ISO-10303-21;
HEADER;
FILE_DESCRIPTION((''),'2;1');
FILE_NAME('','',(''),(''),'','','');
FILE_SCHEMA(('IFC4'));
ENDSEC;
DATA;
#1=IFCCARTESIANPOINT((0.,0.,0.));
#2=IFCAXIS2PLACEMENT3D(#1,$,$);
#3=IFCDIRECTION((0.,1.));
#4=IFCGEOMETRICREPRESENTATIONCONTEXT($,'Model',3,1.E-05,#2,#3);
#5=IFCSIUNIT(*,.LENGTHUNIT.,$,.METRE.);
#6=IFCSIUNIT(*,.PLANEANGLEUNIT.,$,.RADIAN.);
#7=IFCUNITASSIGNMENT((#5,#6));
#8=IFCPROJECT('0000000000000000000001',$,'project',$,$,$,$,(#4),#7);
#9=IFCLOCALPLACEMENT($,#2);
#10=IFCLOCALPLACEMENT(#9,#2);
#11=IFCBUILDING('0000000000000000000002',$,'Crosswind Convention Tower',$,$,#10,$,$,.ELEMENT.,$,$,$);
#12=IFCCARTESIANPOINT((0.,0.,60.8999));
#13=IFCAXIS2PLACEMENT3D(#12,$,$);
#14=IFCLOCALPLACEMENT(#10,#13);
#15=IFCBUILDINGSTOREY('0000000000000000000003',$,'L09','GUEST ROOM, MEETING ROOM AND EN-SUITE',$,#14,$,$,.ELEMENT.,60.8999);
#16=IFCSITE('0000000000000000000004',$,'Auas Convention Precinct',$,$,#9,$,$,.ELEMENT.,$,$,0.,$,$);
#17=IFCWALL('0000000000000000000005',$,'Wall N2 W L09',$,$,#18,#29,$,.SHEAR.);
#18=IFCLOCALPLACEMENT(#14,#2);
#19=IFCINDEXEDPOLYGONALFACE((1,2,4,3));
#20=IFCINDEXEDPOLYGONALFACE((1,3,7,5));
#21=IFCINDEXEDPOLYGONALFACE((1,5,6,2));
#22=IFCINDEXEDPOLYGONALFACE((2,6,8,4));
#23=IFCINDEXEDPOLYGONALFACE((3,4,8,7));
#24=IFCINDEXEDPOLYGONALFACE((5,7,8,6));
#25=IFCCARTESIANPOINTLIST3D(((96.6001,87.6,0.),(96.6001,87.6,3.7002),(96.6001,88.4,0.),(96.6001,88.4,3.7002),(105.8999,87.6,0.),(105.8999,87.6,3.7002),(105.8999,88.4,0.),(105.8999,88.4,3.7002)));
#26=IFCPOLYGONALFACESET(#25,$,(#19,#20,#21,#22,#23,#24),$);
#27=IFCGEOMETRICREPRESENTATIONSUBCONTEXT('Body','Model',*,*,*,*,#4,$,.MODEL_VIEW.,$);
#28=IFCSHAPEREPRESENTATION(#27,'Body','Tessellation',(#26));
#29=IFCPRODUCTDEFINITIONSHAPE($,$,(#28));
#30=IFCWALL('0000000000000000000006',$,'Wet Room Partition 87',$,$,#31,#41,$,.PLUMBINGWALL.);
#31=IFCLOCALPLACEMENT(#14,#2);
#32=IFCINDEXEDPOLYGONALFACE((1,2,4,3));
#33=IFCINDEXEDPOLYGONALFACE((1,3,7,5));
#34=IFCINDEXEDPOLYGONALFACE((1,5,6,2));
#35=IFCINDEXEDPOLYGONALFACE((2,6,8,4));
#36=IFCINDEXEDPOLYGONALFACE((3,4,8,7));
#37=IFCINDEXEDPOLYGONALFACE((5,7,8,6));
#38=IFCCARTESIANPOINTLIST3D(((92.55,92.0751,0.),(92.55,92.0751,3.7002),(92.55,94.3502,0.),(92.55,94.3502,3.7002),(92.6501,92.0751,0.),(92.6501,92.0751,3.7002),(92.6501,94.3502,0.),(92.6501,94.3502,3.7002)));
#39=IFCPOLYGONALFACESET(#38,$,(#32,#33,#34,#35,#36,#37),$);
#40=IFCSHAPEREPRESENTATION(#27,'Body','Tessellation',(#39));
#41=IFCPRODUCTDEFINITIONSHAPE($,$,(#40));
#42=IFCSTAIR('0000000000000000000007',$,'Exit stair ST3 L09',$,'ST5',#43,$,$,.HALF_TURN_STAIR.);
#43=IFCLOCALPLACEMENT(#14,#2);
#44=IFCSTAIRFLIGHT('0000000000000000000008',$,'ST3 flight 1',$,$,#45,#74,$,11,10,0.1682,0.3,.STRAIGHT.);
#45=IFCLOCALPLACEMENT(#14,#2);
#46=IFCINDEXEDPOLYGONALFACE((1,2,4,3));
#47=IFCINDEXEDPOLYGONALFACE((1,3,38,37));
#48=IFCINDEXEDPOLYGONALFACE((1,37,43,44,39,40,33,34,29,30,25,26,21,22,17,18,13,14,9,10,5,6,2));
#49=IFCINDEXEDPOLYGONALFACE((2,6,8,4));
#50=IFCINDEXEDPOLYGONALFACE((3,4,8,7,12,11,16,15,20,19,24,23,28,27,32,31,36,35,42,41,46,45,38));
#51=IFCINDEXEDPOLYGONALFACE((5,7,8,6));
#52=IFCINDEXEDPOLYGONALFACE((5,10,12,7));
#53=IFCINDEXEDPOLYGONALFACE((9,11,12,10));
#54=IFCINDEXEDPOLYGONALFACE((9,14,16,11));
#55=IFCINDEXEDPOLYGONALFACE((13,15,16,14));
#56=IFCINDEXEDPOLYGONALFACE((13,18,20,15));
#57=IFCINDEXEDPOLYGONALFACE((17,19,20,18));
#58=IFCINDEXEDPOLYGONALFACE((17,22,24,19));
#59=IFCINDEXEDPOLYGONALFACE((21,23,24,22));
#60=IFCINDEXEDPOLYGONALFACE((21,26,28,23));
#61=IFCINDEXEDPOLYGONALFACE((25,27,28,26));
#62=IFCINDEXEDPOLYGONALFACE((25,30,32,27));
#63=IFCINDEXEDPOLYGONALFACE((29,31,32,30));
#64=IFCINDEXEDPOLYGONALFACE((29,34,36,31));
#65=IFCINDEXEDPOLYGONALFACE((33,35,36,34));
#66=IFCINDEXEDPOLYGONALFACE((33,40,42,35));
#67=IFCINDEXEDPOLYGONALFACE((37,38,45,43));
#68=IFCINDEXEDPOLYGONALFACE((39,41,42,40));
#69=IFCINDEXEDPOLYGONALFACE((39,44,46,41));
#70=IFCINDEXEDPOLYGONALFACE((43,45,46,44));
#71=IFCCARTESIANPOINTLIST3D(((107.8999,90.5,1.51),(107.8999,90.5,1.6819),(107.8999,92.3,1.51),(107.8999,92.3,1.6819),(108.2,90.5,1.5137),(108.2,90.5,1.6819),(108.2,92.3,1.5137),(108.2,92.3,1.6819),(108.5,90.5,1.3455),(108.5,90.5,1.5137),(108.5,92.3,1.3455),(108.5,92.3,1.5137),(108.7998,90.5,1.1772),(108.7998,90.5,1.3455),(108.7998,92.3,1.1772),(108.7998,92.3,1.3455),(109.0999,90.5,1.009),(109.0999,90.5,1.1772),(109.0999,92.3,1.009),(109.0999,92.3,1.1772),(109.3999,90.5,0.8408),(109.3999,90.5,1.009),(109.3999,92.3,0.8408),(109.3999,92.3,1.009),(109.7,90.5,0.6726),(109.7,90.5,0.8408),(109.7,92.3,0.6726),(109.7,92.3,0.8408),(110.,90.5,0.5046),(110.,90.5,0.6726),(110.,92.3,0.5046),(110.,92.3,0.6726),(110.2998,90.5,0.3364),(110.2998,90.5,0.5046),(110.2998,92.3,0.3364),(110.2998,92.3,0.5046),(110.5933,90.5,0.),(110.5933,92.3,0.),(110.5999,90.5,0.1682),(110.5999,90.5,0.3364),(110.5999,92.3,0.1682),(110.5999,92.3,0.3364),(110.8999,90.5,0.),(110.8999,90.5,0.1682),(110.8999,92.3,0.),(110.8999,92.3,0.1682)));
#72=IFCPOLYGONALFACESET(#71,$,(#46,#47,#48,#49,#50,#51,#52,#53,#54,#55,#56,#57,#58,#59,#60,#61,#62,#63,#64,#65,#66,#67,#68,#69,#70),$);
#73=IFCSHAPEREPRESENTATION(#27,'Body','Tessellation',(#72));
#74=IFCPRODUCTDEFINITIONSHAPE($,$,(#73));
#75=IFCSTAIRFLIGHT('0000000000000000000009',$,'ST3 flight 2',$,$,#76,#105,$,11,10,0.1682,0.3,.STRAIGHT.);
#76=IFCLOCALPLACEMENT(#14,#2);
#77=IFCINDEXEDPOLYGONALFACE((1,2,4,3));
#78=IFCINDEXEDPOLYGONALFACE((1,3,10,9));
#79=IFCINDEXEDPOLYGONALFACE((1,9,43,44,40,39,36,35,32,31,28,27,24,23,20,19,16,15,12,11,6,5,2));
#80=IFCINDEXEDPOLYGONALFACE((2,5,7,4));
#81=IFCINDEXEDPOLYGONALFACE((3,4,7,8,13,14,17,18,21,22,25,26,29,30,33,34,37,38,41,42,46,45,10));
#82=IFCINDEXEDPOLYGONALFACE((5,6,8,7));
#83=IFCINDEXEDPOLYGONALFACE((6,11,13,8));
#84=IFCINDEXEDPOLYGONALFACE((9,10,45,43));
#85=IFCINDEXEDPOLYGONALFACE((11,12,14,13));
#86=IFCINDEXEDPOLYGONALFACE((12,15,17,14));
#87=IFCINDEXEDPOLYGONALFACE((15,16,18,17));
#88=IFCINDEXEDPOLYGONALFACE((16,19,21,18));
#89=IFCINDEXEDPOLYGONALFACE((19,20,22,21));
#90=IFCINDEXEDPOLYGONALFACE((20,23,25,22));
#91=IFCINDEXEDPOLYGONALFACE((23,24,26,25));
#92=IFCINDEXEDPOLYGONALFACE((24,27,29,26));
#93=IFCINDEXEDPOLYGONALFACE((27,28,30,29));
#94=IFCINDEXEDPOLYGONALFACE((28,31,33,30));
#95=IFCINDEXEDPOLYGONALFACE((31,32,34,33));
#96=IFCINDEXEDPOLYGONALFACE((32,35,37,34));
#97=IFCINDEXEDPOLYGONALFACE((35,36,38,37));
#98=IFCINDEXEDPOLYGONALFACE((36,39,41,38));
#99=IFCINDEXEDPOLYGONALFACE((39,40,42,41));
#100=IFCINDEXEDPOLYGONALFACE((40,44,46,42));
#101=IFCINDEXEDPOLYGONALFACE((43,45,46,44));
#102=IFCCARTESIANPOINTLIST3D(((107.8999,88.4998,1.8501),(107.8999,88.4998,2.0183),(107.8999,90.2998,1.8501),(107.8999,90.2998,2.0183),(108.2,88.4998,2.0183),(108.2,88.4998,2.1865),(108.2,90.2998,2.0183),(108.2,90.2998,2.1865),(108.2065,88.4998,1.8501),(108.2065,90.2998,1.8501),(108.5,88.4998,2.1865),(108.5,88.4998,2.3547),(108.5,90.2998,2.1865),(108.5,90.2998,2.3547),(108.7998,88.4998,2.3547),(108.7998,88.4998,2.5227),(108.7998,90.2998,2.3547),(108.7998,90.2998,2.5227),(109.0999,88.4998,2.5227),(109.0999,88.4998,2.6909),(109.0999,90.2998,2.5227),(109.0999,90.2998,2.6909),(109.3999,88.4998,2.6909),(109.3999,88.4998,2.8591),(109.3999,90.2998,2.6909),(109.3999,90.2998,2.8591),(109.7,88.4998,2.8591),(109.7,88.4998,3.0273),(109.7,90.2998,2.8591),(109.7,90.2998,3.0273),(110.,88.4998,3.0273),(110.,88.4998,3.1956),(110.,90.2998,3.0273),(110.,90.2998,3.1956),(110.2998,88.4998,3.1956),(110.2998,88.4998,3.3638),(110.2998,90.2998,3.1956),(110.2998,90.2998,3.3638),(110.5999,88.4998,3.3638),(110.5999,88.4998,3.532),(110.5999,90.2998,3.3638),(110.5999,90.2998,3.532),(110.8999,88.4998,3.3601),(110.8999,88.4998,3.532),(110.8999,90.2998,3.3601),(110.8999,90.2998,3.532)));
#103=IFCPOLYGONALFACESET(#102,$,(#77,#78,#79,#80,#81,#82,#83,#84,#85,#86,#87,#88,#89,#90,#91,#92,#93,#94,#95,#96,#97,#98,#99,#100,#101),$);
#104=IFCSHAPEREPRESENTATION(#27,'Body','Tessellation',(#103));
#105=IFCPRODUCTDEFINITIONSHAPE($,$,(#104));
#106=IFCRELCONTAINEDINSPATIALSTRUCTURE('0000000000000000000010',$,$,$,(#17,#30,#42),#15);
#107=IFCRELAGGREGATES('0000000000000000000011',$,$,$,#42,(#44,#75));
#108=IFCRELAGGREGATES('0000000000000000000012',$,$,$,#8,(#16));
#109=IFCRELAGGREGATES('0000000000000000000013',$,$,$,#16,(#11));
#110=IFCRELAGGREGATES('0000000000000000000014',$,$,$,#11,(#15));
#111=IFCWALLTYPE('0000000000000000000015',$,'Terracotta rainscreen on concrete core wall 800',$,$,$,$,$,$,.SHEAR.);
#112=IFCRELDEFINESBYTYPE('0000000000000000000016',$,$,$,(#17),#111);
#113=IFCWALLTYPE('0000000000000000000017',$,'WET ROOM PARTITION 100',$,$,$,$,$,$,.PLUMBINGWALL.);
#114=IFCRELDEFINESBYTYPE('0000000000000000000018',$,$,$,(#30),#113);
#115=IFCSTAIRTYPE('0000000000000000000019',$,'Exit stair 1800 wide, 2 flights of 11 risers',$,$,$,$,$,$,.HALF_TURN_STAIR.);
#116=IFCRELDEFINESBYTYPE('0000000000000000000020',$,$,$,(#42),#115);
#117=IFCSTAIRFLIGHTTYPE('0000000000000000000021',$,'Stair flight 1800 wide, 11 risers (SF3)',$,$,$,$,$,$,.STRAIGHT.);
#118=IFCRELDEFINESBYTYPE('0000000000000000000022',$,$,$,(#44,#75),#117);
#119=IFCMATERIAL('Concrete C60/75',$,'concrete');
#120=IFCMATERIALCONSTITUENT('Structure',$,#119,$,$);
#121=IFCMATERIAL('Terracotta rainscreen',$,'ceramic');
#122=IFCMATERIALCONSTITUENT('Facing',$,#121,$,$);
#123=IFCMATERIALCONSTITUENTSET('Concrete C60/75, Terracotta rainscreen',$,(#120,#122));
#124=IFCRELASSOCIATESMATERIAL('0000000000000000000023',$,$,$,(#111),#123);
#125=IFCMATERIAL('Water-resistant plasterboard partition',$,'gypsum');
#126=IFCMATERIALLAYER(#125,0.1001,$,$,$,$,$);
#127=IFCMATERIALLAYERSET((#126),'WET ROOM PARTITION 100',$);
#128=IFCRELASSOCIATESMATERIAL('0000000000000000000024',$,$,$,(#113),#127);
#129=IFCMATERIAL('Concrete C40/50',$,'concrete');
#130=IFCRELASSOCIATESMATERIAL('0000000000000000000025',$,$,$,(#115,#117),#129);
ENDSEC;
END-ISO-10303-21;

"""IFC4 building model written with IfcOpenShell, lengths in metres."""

from ifc_helpers import new_model, si_unit, direction, frame, frame_2d, origin, place, context, subcontext, project, spatial, polyline, rectangle, outline, extrude, material, layer, layer_set, constituent, constituent_set, type_object, element, aggregate, save


model = new_model("IFC4")

# Units and contexts
model_context = context("Model", 3, precision=1e-05, world=origin(), true_north=direction((0.0, 1.0)))
body_context = subcontext(model_context, "Body", "Model", "MODEL_VIEW")
ifc_project = project(units=[si_unit("LENGTHUNIT", "METRE"), si_unit("PLANEANGLEUNIT", "RADIAN")], contexts=[model_context])

# Site, building, storey
site_placement = place(None, origin())
site = spatial("IfcSite", under=ifc_project, at=site_placement, Name="Auas Convention Precinct", CompositionType="ELEMENT", RefElevation=0.0)
building_placement = place(site_placement, origin())
building = spatial("IfcBuilding", under=site, at=building_placement, Name="Crosswind Convention Tower", CompositionType="ELEMENT")
storey_placement = place(building_placement, frame((0.0, 0.0, 60.8999)))
storey = spatial("IfcBuildingStorey", under=building, at=storey_placement, Name="L09", Description="GUEST ROOM, MEETING ROOM AND EN-SUITE", CompositionType="ELEMENT", Elevation=60.8999)

# Shared definitions
ifc_material_1 = material(Name="Terracotta rainscreen", Category="ceramic")

# Walls
ifc_material_2 = material(Name="Concrete C60/75", Category="concrete")
ifc_constituent_1 = constituent(ifc_material_2, Name="Structure")
ifc_constituent_2 = constituent(ifc_material_1, Name="Facing")
ifc_constituent_set = constituent_set(constituents=[ifc_constituent_1, ifc_constituent_2], Name="Concrete C60/75, Terracotta rainscreen")
wall_type_1 = type_object("IfcWallType", Name="Terracotta rainscreen on concrete core wall 800", PredefinedType="SHEAR", material=ifc_constituent_set)
wall_1_placement = place(storey_placement, frame((105.8999, 88.0, 0.0), z_axis=(0.0, 0.0, 1.0), x_axis=(-1.0, 0.0, 0.0)))
element("IfcWall", 1, at=wall_1_placement, inside=storey, type_object=wall_type_1, Name="Wall N2 W L09", PredefinedType="SHEAR", context=body_context, shape_type="SweptSolid", body=[
    extrude(rectangle(XDim=9.2998, YDim=0.8, at=frame_2d((4.6499, 0.0))), origin(), (0.0, 0.0, 1.0), 3.7002),
])
ifc_material_3 = material(Name="Water-resistant plasterboard partition", Category="gypsum")
ifc_layer_1 = layer(ifc_material_3, 0.1001)
ifc_layer_set_1 = layer_set([ifc_layer_1], Name="WET ROOM PARTITION 100")
wall_type_2 = type_object("IfcWallType", Name="WET ROOM PARTITION 100", PredefinedType="PLUMBINGWALL", material=ifc_layer_set_1)
wall_2_placement = place(storey_placement, frame((92.6001, 92.075, 0.0), z_axis=(0.0, 0.0, 1.0), x_axis=(0.0, 1.0, 0.0)))
element("IfcWall", 2, at=wall_2_placement, inside=storey, type_object=wall_type_2, Name="Wet Room Partition 87", PredefinedType="PLUMBINGWALL", context=body_context, shape_type="SweptSolid", body=[
    extrude(rectangle(XDim=2.2751, YDim=0.1001, at=frame_2d((1.1377, 0.0))), origin(), (0.0, 0.0, 1.0), 3.7002),
])

# Stair, stair flights
ifc_material_4 = material(Name="Concrete C40/50", Category="concrete")
stair_type = type_object("IfcStairType", Name="Exit stair 1800 wide, 2 flights of 11 risers", PredefinedType="HALF_TURN_STAIR", material=ifc_material_4)
stair_placement = place(storey_placement, origin())
stair = element("IfcStair", 3, at=stair_placement, inside=storey, type_object=stair_type, Name="Exit stair ST3 L09", ObjectType="ST5", PredefinedType="HALF_TURN_STAIR")
stair_flight_type = type_object("IfcStairFlightType", Name="Stair flight 1800 wide, 11 risers (SF3)", PredefinedType="STRAIGHT", material=ifc_material_4)
stair_flight_1_placement = place(storey_placement, frame((110.8999, 91.3999, 0.0), z_axis=(0.0, 0.0, 1.0), x_axis=(-1.0, 0.0, 0.0)))
stair_flight_1 = element("IfcStairFlight", 4, at=stair_flight_1_placement, type_object=stair_flight_type, Name="ST3 flight 1", NumberOfRisers=11, NumberOfTreads=10, PredefinedType="STRAIGHT", RiserHeight=0.1682, TreadLength=0.3, context=body_context, shape_type="SweptSolid", body=[
    extrude(outline(polyline([(0.0, 0.0), (0.0, 0.1682), (0.3, 0.1682), (0.3, 0.3364), (0.6001, 0.3364), (0.6001, 0.5046), (0.8999, 0.5046), (0.8999, 0.6726), (1.2, 0.6726), (1.2, 0.8408), (1.5, 0.8408), (1.5, 1.009), (1.8, 1.009), (1.8, 1.1772), (2.1001, 1.1772), (2.1001, 1.3455), (2.3999, 1.3455), (2.3999, 1.5137), (2.7, 1.5137), (2.7, 1.6819), (3.0, 1.6819), (3.0, 1.8501), (3.0, 1.51), (0.3066, 0.0), (0.0, 0.0)])), frame((0.0, 0.8999, 0.0), z_axis=(0.0, -1.0, 0.0), x_axis=(1.0, 0.0, 0.0)), (0.0, 0.0, 1.0), 1.8),
])
stair_flight_2_placement = place(storey_placement, frame((107.8999, 89.3999, 1.8501), z_axis=(0.0, 0.0, 1.0), x_axis=(1.0, 0.0, 0.0)))
stair_flight_2 = element("IfcStairFlight", 5, at=stair_flight_2_placement, type_object=stair_flight_type, Name="ST3 flight 2", NumberOfRisers=11, NumberOfTreads=10, PredefinedType="STRAIGHT", RiserHeight=0.1682, TreadLength=0.3, context=body_context, shape_type="SweptSolid", body=[
    extrude(outline(polyline([(0.0, 0.0), (0.0, 0.1682), (0.3, 0.1682), (0.3, 0.3364), (0.6001, 0.3364), (0.6001, 0.5046), (0.8999, 0.5046), (0.8999, 0.6726), (1.2, 0.6726), (1.2, 0.8408), (1.5, 0.8408), (1.5, 1.009), (1.8, 1.009), (1.8, 1.1772), (2.1001, 1.1772), (2.1001, 1.3455), (2.3999, 1.3455), (2.3999, 1.5137), (2.7, 1.5137), (2.7, 1.6819), (3.0, 1.6819), (3.0, 1.8501), (3.0, 1.51), (0.3066, 0.0), (0.0, 0.0)])), frame((0.0, 0.8999, 0.0), z_axis=(0.0, -1.0, 0.0), x_axis=(1.0, 0.0, 0.0)), (0.0, 0.0, 1.0), 1.8),
])
aggregate(stair, [stair_flight_1, stair_flight_2])

save(model, "model.ifc")
